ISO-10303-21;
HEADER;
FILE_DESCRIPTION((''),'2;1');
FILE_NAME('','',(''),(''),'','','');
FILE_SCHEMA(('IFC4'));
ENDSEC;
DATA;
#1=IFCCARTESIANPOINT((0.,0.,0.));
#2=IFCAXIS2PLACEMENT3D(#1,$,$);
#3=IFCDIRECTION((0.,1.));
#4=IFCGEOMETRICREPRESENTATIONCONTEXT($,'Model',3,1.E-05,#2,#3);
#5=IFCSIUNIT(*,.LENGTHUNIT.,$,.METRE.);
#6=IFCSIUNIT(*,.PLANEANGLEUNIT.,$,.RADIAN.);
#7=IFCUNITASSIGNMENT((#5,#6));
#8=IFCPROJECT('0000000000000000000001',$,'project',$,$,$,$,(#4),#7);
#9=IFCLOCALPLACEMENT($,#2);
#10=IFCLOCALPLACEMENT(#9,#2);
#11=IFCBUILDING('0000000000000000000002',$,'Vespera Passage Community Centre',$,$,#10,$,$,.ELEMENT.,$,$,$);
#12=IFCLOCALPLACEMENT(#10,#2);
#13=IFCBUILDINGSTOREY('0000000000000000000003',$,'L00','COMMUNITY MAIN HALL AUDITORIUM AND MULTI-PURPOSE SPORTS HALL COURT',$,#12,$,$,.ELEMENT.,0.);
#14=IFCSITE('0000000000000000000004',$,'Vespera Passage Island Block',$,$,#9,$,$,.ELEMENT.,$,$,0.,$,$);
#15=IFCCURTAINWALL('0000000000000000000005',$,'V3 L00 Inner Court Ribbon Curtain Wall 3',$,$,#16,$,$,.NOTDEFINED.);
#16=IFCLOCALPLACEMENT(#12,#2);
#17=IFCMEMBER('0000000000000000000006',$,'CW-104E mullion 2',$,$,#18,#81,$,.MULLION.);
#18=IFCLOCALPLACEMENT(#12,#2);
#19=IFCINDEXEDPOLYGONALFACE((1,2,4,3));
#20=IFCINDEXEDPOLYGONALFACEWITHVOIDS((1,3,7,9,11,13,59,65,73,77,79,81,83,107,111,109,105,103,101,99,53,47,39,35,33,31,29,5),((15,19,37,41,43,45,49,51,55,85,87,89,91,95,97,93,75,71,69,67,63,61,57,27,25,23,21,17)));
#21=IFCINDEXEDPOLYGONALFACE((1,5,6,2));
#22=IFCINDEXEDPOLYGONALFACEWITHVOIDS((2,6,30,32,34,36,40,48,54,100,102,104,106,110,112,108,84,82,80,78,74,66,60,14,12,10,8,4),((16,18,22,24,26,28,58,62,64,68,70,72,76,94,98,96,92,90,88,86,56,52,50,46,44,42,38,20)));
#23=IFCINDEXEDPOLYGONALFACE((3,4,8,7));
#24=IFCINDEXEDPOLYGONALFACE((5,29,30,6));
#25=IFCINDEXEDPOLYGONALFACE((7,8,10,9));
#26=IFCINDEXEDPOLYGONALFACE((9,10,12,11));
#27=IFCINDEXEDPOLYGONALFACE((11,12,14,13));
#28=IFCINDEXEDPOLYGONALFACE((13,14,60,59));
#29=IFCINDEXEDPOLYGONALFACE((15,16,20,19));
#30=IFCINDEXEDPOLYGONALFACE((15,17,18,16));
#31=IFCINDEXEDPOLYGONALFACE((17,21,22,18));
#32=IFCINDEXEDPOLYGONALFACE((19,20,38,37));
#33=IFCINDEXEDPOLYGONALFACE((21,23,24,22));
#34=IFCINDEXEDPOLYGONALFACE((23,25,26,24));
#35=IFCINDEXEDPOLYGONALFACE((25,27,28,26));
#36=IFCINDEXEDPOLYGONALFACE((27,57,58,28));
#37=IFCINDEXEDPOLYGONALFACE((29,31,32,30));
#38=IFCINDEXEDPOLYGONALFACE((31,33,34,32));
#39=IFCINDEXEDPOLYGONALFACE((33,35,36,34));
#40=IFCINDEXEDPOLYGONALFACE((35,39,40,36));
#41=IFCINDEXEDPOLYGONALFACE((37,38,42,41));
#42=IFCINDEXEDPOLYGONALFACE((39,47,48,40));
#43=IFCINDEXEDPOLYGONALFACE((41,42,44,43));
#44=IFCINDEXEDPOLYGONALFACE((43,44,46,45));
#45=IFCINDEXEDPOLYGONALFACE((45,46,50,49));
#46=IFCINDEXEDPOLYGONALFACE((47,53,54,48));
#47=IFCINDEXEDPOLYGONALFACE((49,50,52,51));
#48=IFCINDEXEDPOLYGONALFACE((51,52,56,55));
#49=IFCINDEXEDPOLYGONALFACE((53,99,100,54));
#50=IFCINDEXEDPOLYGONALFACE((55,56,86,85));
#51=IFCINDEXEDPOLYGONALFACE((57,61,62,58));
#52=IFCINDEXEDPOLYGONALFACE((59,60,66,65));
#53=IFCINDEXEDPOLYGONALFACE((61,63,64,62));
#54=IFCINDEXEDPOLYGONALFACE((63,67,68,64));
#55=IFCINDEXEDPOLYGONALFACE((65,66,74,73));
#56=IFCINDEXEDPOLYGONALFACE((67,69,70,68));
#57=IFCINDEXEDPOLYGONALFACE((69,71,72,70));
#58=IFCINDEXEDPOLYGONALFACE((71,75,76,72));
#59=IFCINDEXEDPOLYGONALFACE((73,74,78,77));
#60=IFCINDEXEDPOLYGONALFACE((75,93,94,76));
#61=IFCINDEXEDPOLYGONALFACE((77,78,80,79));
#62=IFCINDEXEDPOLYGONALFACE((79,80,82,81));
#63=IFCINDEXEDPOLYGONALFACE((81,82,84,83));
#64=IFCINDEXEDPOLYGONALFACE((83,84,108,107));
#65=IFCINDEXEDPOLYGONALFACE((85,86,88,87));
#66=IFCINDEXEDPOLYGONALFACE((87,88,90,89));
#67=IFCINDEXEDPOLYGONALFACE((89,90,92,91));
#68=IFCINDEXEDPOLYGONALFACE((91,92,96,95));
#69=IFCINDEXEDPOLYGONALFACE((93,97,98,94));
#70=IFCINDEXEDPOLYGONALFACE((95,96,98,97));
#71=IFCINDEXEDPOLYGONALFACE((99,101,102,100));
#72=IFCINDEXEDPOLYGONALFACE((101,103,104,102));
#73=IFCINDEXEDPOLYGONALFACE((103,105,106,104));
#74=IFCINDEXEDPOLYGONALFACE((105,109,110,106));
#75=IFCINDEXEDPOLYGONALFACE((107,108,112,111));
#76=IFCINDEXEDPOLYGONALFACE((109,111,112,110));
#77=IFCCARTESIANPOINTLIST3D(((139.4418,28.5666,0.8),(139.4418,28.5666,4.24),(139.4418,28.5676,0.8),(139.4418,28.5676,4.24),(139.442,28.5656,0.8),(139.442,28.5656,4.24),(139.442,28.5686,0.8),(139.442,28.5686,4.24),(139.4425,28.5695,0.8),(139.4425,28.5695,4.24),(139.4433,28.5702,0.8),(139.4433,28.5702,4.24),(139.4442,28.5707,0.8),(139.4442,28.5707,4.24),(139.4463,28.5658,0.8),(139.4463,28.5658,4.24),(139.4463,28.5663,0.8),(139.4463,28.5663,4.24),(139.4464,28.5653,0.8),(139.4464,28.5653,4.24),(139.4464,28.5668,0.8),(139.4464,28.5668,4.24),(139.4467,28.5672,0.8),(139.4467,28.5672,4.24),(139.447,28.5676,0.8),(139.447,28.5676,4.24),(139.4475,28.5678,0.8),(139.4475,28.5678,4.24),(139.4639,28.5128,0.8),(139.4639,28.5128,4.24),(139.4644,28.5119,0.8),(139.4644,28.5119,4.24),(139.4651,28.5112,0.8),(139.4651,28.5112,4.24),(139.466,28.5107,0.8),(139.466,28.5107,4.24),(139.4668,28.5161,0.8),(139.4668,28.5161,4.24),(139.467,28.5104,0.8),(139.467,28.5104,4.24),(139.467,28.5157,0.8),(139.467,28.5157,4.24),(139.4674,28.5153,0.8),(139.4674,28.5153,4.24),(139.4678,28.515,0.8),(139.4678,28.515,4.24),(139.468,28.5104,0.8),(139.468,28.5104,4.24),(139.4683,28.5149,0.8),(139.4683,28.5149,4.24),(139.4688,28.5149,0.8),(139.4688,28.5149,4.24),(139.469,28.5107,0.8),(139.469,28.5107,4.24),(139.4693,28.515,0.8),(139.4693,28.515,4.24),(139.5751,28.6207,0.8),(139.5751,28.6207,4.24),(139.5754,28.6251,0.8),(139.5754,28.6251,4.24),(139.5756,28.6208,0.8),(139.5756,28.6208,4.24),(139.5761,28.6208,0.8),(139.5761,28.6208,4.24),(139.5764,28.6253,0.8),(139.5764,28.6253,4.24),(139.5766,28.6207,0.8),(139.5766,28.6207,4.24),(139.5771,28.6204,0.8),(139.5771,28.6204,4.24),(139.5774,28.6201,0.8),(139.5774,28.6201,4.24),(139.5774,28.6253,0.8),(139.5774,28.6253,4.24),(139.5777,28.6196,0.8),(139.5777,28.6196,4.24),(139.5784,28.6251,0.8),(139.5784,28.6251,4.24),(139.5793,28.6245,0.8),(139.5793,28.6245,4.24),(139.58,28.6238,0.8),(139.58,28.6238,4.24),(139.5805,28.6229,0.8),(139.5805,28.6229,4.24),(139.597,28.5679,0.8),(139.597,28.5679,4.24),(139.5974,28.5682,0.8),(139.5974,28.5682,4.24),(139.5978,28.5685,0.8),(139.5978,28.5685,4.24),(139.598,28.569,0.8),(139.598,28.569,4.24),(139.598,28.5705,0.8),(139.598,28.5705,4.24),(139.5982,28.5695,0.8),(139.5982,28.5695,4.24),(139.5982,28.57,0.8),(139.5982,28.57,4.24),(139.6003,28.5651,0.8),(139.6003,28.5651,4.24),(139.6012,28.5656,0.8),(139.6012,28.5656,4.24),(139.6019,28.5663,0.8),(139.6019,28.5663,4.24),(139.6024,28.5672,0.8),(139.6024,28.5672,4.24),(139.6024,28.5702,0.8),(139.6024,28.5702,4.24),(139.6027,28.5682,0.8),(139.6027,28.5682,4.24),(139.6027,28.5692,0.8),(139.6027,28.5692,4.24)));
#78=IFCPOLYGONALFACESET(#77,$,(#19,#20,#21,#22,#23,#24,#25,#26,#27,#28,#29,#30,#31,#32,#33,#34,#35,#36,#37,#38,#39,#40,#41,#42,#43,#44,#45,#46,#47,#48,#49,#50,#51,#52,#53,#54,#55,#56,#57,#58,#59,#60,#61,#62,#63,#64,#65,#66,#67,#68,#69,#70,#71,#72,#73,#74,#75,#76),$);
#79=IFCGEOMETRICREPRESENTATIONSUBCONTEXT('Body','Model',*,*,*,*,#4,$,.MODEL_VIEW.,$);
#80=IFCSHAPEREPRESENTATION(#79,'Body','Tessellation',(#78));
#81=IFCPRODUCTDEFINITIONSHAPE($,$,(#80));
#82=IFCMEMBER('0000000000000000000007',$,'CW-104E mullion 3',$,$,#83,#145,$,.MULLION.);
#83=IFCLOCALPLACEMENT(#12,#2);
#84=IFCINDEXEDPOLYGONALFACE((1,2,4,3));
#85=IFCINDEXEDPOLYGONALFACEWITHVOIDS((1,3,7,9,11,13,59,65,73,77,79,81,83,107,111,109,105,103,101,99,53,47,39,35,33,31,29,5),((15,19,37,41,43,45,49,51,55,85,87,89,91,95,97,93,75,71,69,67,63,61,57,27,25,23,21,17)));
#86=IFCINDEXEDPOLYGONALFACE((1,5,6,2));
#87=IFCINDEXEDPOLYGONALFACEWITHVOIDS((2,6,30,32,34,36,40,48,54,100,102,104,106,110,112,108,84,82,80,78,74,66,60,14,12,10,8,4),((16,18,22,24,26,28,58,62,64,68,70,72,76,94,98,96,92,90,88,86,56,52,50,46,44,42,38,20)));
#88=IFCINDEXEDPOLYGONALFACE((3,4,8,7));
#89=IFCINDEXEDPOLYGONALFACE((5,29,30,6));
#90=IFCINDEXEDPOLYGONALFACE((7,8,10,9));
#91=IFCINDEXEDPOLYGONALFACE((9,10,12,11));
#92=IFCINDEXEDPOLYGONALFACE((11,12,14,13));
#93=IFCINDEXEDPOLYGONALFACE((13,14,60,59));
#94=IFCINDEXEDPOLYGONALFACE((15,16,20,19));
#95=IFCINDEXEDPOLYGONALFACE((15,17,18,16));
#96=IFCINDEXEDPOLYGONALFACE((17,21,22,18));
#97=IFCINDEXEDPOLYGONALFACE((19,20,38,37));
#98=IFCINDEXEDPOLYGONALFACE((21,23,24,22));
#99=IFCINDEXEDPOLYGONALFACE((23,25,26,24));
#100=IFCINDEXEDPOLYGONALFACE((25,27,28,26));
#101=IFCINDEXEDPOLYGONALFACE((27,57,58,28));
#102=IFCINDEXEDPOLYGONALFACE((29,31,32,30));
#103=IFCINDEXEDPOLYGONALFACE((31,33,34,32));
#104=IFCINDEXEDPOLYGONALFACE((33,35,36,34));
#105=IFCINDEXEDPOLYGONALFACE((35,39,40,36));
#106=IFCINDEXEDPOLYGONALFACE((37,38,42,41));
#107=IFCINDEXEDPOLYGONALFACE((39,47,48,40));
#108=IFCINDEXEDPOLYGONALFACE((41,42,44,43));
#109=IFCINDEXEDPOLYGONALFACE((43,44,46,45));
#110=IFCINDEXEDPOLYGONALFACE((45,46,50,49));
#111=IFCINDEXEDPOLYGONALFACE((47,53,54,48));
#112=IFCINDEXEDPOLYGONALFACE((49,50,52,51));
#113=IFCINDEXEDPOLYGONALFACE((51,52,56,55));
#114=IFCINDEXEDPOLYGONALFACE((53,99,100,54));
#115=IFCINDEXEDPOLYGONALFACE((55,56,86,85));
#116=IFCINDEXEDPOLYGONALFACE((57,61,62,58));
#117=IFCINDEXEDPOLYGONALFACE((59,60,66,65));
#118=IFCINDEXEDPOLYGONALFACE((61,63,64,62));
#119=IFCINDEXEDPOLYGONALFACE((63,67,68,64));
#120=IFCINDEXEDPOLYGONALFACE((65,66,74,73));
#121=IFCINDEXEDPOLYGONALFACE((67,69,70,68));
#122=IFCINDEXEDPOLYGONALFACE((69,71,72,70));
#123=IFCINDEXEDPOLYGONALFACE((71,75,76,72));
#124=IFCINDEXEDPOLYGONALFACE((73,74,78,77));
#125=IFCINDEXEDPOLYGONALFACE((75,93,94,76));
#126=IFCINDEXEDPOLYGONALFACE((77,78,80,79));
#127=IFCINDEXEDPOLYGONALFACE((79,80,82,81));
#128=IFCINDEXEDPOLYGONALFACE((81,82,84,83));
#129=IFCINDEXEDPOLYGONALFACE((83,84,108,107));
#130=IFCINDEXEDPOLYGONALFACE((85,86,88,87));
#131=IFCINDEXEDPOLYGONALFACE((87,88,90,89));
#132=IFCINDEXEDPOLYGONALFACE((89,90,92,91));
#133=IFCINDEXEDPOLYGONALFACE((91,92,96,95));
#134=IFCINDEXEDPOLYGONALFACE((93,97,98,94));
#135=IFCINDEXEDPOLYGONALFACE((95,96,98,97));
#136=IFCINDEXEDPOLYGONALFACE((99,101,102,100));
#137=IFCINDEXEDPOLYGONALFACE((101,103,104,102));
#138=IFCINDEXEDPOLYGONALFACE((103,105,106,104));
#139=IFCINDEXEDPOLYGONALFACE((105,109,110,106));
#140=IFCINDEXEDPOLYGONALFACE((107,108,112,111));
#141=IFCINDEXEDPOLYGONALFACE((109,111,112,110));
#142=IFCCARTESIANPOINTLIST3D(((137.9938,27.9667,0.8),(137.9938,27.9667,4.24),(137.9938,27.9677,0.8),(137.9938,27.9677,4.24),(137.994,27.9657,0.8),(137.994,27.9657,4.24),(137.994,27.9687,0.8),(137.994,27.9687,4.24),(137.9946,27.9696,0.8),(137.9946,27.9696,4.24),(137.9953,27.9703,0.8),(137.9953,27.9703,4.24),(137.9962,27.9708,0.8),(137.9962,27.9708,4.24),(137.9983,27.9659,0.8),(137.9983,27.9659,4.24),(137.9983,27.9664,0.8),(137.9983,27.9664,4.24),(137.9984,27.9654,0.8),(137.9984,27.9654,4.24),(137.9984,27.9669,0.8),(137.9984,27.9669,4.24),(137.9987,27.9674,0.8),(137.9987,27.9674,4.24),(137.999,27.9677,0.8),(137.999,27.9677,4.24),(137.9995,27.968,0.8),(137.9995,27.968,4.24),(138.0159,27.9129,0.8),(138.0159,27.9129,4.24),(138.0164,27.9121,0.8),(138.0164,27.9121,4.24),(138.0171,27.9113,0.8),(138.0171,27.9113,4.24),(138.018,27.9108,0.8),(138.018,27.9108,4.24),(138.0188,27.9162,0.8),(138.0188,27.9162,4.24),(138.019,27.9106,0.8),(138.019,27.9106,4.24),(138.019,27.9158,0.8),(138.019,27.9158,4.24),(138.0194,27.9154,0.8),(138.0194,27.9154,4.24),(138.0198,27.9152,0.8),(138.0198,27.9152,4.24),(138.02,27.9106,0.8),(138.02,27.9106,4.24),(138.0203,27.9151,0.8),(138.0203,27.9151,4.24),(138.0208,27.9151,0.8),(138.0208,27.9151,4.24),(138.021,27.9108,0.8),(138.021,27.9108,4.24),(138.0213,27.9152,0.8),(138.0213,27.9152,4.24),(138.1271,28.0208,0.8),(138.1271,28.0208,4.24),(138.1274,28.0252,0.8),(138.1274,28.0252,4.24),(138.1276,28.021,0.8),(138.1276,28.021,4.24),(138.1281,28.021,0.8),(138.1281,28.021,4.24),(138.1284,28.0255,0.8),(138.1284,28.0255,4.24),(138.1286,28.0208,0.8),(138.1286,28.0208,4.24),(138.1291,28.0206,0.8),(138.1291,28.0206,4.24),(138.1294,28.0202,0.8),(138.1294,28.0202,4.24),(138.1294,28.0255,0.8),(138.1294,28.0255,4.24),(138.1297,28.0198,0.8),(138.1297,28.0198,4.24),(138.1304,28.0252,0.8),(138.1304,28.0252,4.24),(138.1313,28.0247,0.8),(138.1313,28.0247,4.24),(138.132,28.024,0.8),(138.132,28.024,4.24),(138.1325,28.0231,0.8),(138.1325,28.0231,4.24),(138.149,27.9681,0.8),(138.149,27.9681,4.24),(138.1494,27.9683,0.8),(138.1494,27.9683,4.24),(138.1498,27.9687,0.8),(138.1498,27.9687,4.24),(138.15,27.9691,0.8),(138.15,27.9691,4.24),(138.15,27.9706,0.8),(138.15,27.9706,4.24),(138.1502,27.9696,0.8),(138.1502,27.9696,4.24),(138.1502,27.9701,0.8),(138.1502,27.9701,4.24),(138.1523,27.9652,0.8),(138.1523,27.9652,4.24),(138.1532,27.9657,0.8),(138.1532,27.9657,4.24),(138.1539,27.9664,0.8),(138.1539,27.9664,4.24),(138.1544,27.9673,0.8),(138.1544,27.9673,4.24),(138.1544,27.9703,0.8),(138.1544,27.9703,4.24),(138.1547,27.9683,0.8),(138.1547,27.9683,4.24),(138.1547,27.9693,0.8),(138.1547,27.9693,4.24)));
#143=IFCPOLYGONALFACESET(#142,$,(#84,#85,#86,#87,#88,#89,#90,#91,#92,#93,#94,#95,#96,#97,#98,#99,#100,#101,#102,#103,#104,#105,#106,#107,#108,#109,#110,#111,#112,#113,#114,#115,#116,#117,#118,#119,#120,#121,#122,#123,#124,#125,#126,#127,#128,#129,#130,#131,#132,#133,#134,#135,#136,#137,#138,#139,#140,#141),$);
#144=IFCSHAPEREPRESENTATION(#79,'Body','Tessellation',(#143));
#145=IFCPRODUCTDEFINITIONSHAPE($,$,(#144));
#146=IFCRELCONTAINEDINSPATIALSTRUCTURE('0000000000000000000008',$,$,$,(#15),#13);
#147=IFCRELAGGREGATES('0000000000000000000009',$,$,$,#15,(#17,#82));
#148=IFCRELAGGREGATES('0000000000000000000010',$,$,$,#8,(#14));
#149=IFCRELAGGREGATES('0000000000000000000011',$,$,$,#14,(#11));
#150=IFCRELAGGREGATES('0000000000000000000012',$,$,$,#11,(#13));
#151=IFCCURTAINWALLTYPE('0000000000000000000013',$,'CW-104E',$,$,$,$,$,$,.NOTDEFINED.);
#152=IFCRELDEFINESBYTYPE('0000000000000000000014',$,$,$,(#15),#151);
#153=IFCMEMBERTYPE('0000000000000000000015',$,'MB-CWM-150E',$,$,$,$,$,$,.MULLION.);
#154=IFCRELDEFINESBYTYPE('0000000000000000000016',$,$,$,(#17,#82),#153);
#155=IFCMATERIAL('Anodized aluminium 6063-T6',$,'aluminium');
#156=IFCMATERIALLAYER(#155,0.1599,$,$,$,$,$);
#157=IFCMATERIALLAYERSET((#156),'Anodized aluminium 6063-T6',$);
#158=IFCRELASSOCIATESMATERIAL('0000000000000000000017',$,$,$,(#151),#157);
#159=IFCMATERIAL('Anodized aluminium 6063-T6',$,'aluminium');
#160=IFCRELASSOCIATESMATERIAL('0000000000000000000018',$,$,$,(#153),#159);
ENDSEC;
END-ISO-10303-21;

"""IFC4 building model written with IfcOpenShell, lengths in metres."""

from ifc_helpers import new_model, si_unit, direction, frame, origin, origin_2d, place, context, subcontext, project, spatial, hollow_rectangle, extrude, material, layer, layer_set, material_profile, profile_set, type_object, element, aggregate, save


model = new_model("IFC4")

# Units and contexts
model_context = context("Model", 3, precision=1e-05, world=origin(), true_north=direction((0.0, 1.0)))
body_context = subcontext(model_context, "Body", "Model", "MODEL_VIEW")
ifc_project = project(units=[si_unit("LENGTHUNIT", "METRE"), si_unit("PLANEANGLEUNIT", "RADIAN")], contexts=[model_context])

# Site, building, storey
site_placement = place(None, origin())
site = spatial("IfcSite", under=ifc_project, at=site_placement, Name="Vespera Passage Island Block", CompositionType="ELEMENT", RefElevation=0.0)
building_placement = place(site_placement, origin())
building = spatial("IfcBuilding", under=site, at=building_placement, Name="Vespera Passage Community Centre", CompositionType="ELEMENT")
storey_placement = place(building_placement, origin())
storey = spatial("IfcBuildingStorey", under=building, at=storey_placement, Name="L00", Description="COMMUNITY MAIN HALL AUDITORIUM AND MULTI-PURPOSE SPORTS HALL COURT", CompositionType="ELEMENT", Elevation=0.0)

# Curtain wall, members
ifc_material_1 = material(Name="Anodized aluminium 6063-T6", Category="aluminium")
ifc_layer_1 = layer(ifc_material_1, 0.1599)
ifc_layer_set_1 = layer_set([ifc_layer_1], Name="Anodized aluminium 6063-T6")
curtain_wall_type = type_object("IfcCurtainWallType", Name="CW-104E", PredefinedType="NOTDEFINED", material=ifc_layer_set_1)
curtain_wall_1_placement = place(storey_placement, origin())
curtain_wall_1 = element("IfcCurtainWall", 1, at=curtain_wall_1_placement, inside=storey, type_object=curtain_wall_type, Name="V3 L00 Inner Court Ribbon Curtain Wall 3", PredefinedType="NOTDEFINED")
ifc_material_2 = material(Name="Anodized aluminium 6063-T6", Category="aluminium")
ifc_material_profile_1 = material_profile(ifc_material_2, hollow_rectangle(XDim=0.0649, YDim=0.1499, WallThickness=0.0039, InnerFilletRadius=0.002, OuterFilletRadius=0.0039, at=origin_2d()), Name="ALU150X65X4")
ifc_profile_set_1 = profile_set([ifc_material_profile_1], Name="Anodized aluminium 6063-T6")
member_type_1 = type_object("IfcMemberType", Name="MB-CWM-150E", PredefinedType="MULLION", material=ifc_profile_set_1)
member_1_placement = place(storey_placement, frame((139.5222, 28.5679, 0.8), z_axis=(0.0, 0.0, 1.0), x_axis=(0.382686, -0.923879, 0.0)))
member_1 = element("IfcMember", 2, at=member_1_placement, type_object=member_type_1, Name="CW-104E mullion 2", PredefinedType="MULLION", context=body_context, shape_type="SweptSolid", body=[
    extrude(hollow_rectangle(XDim=0.0649, YDim=0.1499, WallThickness=0.0039, InnerFilletRadius=0.002, OuterFilletRadius=0.0039, at=origin_2d()), origin(), (0.0, 0.0, 1.0), 3.4399),
])
member_2_placement = place(storey_placement, frame((138.0742, 27.968, 0.8), z_axis=(0.0, 0.0, 1.0), x_axis=(0.382686, -0.923879, 0.0)))
member_2 = element("IfcMember", 3, at=member_2_placement, type_object=member_type_1, Name="CW-104E mullion 3", PredefinedType="MULLION", context=body_context, shape_type="SweptSolid", body=[
    extrude(hollow_rectangle(XDim=0.0649, YDim=0.1499, WallThickness=0.0039, InnerFilletRadius=0.002, OuterFilletRadius=0.0039, at=origin_2d()), origin(), (0.0, 0.0, 1.0), 3.4399),
])

aggregate(curtain_wall_1, [member_1, member_2])

save(model, "model.ifc")
